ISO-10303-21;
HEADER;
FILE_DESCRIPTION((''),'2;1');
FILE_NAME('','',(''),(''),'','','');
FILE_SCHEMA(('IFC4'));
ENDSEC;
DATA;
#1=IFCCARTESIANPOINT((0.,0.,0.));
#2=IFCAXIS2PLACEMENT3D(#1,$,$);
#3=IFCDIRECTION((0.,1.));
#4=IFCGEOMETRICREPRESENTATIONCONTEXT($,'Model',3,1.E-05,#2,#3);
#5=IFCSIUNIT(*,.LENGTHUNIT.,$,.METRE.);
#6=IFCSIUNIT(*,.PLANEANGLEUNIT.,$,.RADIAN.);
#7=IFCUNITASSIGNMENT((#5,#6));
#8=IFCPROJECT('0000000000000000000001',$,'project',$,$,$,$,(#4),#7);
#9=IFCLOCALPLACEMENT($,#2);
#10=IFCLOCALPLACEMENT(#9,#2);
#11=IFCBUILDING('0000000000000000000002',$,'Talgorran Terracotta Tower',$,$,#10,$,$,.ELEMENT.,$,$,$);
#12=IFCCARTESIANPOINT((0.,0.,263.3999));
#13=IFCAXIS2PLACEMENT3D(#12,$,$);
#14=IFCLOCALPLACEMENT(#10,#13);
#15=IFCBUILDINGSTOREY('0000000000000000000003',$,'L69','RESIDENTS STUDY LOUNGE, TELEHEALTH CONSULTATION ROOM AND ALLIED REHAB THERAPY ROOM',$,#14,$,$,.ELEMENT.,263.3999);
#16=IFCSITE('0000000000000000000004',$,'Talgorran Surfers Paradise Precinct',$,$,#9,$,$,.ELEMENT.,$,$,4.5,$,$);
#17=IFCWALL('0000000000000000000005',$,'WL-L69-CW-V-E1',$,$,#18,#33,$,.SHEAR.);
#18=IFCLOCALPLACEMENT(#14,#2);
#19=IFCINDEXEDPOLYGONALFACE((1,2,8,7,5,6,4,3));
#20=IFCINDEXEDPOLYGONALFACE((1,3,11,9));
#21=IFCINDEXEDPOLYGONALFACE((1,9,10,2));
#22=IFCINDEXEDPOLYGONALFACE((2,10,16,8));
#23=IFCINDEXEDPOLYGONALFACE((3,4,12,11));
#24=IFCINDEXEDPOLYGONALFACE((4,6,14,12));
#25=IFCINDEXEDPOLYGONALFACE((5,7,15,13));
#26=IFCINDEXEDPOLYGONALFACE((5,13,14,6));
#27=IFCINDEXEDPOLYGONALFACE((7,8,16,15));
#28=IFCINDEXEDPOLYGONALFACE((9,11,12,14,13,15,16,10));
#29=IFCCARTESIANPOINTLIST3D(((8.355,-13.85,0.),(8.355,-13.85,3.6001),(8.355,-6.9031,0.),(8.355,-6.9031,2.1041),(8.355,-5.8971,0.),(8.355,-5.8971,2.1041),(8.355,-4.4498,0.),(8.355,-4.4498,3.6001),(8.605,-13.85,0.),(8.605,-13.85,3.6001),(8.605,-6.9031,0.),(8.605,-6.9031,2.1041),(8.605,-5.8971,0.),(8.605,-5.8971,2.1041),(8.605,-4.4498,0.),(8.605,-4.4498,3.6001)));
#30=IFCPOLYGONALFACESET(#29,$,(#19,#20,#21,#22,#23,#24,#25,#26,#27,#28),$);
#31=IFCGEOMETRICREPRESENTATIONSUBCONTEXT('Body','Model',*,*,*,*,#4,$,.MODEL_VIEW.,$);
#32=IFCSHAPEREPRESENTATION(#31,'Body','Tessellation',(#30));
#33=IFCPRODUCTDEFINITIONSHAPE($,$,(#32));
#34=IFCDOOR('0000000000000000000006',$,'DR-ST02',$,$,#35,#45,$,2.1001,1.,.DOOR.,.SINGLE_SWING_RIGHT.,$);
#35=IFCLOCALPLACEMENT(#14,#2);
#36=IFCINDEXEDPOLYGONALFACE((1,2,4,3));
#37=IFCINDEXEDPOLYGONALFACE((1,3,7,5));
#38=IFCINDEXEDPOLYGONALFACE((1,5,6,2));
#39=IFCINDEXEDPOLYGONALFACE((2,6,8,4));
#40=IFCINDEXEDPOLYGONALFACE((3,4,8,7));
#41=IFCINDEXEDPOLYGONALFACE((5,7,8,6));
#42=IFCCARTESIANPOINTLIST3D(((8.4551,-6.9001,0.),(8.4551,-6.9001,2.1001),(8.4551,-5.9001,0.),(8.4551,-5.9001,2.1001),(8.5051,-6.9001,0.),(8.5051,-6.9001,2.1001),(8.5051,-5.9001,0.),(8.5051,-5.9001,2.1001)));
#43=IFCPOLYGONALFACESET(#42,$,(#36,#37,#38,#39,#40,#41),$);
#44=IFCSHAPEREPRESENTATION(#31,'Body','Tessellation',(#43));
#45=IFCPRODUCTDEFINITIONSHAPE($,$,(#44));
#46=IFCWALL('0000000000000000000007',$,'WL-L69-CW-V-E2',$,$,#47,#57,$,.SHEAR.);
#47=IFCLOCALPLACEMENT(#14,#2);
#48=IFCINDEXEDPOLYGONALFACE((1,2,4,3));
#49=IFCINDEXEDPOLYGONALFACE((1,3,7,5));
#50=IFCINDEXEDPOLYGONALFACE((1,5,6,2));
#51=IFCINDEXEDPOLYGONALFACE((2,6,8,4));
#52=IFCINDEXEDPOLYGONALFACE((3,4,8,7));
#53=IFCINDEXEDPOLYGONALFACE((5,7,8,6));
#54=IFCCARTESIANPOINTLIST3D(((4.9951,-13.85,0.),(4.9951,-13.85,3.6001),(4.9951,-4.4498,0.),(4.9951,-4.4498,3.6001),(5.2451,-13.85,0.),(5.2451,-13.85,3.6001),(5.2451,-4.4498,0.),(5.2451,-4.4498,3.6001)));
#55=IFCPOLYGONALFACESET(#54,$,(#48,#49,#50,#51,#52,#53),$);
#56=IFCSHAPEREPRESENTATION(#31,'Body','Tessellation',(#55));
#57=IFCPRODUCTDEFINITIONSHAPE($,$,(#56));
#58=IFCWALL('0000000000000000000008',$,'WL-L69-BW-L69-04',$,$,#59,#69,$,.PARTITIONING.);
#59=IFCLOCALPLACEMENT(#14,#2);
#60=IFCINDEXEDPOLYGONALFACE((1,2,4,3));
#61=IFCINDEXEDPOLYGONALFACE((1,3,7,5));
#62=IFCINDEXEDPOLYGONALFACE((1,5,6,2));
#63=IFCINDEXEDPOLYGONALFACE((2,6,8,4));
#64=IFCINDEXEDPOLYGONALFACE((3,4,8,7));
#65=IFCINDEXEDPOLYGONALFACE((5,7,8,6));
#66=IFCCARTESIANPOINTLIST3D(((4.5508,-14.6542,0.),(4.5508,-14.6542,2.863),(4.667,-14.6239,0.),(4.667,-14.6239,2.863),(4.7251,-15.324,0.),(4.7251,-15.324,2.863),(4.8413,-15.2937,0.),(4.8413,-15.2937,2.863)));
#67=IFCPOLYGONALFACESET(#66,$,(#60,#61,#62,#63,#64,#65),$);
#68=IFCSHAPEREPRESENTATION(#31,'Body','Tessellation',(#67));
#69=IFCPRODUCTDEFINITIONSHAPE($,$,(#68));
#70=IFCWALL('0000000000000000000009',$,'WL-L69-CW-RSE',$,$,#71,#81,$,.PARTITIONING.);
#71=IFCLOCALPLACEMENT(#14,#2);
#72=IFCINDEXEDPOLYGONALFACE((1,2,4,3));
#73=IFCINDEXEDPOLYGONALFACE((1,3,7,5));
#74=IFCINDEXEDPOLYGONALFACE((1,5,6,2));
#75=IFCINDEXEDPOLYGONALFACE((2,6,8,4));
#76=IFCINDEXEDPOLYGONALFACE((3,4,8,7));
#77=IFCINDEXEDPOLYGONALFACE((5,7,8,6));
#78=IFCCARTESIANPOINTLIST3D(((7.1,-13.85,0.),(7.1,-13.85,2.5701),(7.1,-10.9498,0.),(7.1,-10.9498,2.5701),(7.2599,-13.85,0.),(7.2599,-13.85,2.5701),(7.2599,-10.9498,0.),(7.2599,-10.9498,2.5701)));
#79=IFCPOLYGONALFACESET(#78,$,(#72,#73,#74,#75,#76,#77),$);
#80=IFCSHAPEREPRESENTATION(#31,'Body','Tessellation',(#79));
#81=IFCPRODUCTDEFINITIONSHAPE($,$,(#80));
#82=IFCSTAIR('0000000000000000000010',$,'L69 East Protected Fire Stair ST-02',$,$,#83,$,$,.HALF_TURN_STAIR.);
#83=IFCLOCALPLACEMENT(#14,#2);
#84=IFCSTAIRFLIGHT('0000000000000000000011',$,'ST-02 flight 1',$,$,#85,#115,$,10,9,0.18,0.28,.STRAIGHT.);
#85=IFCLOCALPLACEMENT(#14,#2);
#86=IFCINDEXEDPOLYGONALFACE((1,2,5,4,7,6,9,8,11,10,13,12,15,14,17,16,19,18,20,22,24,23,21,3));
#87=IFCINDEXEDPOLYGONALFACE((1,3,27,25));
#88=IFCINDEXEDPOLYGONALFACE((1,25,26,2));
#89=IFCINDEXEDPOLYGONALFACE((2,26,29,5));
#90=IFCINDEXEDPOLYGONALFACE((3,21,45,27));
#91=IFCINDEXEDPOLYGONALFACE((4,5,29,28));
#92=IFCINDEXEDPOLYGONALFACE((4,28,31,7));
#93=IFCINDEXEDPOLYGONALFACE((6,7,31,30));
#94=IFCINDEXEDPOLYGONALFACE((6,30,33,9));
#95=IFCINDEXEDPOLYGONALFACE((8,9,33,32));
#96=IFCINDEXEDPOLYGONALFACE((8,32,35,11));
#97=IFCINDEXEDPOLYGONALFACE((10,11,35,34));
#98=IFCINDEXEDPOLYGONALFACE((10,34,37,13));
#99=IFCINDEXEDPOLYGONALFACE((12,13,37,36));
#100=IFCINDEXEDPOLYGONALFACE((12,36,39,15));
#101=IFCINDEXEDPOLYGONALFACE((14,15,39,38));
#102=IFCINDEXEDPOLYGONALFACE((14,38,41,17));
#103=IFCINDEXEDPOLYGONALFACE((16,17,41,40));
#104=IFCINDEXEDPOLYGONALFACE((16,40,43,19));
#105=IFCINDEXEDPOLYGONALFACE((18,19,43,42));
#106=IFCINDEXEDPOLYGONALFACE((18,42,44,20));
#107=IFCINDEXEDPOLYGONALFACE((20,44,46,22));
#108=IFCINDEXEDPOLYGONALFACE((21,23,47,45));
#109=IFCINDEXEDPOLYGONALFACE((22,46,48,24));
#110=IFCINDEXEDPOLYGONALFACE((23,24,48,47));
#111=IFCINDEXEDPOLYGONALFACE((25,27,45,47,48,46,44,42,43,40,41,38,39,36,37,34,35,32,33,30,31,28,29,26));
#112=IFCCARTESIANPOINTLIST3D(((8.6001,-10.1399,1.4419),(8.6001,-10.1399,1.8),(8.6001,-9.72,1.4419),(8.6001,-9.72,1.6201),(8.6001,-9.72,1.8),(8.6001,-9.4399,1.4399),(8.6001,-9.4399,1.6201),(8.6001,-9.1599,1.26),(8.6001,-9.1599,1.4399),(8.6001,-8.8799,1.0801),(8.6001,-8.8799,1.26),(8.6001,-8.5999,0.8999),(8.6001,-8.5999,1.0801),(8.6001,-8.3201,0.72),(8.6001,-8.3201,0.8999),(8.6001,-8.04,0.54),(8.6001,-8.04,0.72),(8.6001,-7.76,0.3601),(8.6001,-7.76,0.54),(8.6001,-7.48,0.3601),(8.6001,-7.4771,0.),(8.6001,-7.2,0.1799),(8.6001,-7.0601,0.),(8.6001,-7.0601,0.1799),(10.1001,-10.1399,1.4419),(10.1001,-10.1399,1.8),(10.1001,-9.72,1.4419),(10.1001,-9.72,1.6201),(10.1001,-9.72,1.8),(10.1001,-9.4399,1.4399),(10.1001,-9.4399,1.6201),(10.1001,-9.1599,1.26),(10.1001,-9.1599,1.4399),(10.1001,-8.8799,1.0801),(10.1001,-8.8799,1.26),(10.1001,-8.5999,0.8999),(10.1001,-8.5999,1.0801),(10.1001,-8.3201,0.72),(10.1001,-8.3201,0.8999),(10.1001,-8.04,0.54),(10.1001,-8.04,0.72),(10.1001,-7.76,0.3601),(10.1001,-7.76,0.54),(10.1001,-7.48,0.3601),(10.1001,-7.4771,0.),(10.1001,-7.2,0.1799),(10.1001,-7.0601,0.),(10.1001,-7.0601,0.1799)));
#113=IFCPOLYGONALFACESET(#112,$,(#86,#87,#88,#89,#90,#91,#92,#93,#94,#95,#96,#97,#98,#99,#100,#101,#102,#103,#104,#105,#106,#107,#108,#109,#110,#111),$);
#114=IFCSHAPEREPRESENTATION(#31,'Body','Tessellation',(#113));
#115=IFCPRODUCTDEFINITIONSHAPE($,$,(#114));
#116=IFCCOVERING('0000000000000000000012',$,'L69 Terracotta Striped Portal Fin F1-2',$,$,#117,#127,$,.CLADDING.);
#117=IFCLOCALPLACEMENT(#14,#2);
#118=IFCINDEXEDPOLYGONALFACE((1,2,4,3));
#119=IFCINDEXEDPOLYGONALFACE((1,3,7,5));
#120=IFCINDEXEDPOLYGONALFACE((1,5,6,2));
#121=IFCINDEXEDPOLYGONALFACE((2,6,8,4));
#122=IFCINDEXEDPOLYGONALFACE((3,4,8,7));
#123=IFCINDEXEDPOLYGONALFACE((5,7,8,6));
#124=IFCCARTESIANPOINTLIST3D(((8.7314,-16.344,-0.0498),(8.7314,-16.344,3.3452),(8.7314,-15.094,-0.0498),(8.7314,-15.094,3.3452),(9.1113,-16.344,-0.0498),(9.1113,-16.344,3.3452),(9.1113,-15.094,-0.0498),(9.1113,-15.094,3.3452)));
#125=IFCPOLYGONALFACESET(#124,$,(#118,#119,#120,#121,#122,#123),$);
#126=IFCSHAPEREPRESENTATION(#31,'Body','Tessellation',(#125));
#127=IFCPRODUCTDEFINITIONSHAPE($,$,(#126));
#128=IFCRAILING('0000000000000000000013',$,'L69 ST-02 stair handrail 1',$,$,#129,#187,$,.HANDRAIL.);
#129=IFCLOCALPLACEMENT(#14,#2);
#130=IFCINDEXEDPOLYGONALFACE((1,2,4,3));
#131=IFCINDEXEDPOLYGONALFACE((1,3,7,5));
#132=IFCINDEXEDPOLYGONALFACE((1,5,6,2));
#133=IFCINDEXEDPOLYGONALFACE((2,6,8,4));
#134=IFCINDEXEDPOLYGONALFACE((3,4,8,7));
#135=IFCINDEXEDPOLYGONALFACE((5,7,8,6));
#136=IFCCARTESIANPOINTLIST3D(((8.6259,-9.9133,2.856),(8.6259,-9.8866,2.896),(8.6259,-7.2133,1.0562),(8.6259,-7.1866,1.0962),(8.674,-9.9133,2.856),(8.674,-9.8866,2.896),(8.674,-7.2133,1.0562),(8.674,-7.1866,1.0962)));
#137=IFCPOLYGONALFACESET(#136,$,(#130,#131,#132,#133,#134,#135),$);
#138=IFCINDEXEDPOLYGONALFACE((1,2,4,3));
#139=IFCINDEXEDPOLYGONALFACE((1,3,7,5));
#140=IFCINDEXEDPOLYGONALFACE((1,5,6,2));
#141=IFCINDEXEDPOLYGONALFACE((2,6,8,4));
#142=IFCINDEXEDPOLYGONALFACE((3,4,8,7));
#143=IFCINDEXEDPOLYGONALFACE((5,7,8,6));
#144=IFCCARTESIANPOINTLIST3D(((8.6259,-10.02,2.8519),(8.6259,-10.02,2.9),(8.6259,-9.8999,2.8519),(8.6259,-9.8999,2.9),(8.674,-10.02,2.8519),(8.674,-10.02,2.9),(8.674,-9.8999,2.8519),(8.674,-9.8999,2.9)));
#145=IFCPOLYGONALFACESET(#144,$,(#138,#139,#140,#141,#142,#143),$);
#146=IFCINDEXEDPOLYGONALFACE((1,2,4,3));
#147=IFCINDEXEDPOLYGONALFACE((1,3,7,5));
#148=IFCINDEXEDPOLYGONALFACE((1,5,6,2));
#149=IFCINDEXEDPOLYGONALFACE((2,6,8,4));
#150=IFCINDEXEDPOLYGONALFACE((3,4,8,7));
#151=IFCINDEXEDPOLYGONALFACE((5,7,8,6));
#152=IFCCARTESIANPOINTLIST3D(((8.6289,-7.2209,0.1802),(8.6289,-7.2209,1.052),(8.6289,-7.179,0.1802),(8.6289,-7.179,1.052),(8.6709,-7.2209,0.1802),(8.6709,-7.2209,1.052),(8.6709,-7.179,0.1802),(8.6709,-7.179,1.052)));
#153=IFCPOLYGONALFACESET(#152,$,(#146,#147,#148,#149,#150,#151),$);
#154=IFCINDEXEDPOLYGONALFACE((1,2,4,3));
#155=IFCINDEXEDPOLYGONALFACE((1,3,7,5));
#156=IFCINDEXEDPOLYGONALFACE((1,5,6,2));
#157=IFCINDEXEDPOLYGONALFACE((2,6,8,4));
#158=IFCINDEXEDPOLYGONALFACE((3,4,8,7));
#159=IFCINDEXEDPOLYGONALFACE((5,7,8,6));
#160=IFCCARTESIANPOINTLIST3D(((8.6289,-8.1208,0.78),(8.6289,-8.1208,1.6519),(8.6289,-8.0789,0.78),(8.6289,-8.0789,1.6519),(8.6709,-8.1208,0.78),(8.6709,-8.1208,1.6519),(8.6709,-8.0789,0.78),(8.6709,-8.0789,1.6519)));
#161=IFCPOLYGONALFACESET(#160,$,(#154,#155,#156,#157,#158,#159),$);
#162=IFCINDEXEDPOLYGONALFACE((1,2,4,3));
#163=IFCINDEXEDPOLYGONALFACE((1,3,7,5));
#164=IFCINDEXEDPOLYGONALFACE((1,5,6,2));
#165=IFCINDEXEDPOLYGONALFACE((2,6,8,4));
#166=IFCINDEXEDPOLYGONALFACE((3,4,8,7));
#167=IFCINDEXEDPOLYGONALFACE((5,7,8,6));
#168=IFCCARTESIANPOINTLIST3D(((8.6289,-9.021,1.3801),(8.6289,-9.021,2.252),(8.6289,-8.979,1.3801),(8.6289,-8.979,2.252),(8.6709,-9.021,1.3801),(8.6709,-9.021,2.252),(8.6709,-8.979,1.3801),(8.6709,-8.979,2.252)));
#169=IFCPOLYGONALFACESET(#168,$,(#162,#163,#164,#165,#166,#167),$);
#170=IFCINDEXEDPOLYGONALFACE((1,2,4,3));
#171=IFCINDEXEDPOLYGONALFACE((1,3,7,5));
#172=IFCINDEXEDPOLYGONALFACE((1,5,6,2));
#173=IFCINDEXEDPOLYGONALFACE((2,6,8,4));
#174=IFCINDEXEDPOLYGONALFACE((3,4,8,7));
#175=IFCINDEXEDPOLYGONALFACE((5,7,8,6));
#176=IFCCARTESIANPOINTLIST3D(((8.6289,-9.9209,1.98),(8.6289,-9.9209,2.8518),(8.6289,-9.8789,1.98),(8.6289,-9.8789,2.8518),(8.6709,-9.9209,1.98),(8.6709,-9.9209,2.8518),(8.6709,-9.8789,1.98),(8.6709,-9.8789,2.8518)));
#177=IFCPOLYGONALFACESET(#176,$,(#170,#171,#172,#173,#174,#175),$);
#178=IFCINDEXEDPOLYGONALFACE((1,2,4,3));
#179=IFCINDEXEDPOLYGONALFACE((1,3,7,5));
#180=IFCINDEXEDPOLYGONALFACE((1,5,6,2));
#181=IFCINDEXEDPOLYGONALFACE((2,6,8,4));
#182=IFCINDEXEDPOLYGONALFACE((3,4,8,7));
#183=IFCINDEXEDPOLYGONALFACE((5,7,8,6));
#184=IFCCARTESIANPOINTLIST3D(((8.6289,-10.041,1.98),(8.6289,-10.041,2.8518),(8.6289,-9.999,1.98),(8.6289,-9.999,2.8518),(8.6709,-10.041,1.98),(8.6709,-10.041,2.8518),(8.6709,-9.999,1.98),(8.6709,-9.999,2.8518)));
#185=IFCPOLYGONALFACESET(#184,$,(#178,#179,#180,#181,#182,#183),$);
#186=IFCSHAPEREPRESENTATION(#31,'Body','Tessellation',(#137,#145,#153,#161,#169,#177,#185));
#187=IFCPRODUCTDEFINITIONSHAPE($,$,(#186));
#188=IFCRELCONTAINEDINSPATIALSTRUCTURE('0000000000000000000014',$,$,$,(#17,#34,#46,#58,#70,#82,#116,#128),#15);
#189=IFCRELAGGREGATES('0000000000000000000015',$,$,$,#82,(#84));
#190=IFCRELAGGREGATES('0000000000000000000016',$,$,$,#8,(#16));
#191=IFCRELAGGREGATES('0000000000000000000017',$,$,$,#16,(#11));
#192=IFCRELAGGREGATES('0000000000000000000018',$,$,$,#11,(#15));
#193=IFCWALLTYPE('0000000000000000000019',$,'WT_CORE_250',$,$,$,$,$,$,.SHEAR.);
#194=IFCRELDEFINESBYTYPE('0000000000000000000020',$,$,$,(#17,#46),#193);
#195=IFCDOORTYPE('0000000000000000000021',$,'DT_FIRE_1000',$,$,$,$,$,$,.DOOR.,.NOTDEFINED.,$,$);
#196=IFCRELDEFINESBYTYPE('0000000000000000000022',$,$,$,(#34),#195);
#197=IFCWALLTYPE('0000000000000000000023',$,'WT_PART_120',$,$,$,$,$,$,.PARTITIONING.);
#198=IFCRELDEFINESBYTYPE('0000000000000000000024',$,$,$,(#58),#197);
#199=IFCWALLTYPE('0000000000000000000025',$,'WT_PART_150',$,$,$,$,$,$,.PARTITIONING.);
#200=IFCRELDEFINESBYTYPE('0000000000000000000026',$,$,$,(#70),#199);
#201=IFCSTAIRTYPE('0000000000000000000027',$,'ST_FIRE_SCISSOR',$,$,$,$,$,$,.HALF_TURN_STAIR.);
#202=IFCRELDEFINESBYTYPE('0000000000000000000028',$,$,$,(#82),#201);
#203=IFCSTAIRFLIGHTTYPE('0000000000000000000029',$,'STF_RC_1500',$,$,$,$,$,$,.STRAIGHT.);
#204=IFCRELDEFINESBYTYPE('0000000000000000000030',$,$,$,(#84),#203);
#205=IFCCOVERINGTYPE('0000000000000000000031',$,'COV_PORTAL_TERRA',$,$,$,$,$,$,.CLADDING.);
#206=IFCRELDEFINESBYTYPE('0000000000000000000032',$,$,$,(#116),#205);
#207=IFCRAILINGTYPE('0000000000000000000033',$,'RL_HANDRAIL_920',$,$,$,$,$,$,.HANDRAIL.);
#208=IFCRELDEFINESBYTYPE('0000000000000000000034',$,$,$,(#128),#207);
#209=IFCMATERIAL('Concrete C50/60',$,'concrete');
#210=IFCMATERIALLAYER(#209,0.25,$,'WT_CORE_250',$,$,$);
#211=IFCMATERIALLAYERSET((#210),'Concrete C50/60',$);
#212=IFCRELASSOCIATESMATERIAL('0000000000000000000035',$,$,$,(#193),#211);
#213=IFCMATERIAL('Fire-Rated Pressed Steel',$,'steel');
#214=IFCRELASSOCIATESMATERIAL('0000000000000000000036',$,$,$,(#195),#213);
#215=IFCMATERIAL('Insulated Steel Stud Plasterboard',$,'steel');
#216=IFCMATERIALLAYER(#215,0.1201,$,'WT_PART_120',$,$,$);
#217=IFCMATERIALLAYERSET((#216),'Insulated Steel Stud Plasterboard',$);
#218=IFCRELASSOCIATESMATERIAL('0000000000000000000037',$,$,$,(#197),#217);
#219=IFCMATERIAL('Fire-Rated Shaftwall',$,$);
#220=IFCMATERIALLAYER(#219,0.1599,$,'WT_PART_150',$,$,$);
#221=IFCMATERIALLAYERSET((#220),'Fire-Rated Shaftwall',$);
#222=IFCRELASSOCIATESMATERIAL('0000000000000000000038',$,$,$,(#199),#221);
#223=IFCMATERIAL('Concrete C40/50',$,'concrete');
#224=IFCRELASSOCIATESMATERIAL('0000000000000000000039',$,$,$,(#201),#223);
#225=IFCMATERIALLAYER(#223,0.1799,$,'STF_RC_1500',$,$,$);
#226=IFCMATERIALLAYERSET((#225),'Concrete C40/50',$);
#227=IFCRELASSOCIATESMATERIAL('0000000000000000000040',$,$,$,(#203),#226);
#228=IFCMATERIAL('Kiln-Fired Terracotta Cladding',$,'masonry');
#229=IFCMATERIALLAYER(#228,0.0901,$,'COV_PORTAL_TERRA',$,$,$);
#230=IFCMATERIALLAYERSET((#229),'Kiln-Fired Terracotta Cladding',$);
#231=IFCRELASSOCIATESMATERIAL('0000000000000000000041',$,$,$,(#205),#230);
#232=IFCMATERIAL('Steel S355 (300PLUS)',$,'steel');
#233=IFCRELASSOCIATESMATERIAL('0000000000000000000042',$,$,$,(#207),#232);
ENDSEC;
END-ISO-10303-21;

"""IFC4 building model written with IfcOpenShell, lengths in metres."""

from ifc_helpers import new_model, si_unit, direction, frame, frame_2d, origin, origin_2d, place, context, subcontext, project, spatial, polyline, rectangle, outline, extrude, material, layer, layer_set, type_object, element, fill, aggregate, save


model = new_model("IFC4")

# Units and contexts
model_context = context("Model", 3, precision=1e-05, world=origin(), true_north=direction((0.0, 1.0)))
body_context = subcontext(model_context, "Body", "Model", "MODEL_VIEW")
ifc_project = project(units=[si_unit("LENGTHUNIT", "METRE"), si_unit("PLANEANGLEUNIT", "RADIAN")], contexts=[model_context])

# Site, building, storey
site_placement = place(None, origin())
site = spatial("IfcSite", under=ifc_project, at=site_placement, Name="Talgorran Surfers Paradise Precinct", CompositionType="ELEMENT", RefElevation=4.5)
building_placement = place(site_placement, origin())
building = spatial("IfcBuilding", under=site, at=building_placement, Name="Talgorran Terracotta Tower", CompositionType="ELEMENT")
storey_placement = place(building_placement, frame((0.0, 0.0, 263.3999)))
storey = spatial("IfcBuildingStorey", under=building, at=storey_placement, Name="L69", Description="RESIDENTS STUDY LOUNGE, TELEHEALTH CONSULTATION ROOM AND ALLIED REHAB THERAPY ROOM", CompositionType="ELEMENT", Elevation=263.3999)

# Shared definitions
ifc_material_1 = material(Name="Concrete C50/60", Category="concrete")

# Shared definitions
ifc_material_2 = material(Name="Fire-Rated Pressed Steel", Category="steel")

# Wall, opening, door
ifc_layer_1 = layer(ifc_material_1, 0.25, Name="WT_CORE_250")
ifc_layer_set_1 = layer_set([ifc_layer_1], Name="Concrete C50/60")
wall_type_1 = type_object("IfcWallType", Name="WT_CORE_250", PredefinedType="SHEAR", material=ifc_layer_set_1)
wall_1_placement = place(storey_placement, frame((8.48, -13.8501, 0.0), z_axis=(0.0, 0.0, 1.0), x_axis=(0.0, 1.0, 0.0)))
wall_1 = element("IfcWall", 1, at=wall_1_placement, inside=storey, type_object=wall_type_1, Name="WL-L69-CW-V-E1", PredefinedType="SHEAR", context=body_context, shape_type="SweptSolid", body=[
    extrude(rectangle(XDim=9.4001, YDim=0.25, at=frame_2d((4.7002, 0.0))), origin(), (0.0, 0.0, 1.0), 3.6001),
])
opening_1_placement = place(wall_1_placement, frame((6.95, 0.0, 0.0)))
opening_1 = element("IfcOpeningElement", 2, at=opening_1_placement, cuts=wall_1, PredefinedType="OPENING", context=body_context, shape_type="SweptSolid", body=[
    extrude(rectangle(XDim=1.006, YDim=2.1041, at=frame_2d((0.5, 1.052))), frame((0.0, 0.135, 0.0), z_axis=(0.0, -1.0, 0.0), x_axis=(1.0, 0.0, 0.0)), (0.0, 0.0, 1.0), 0.27),
])
door_type_1 = type_object("IfcDoorType", Name="DT_FIRE_1000", OperationType="NOTDEFINED", PredefinedType="DOOR", material=ifc_material_2)
door_1_placement = place(opening_1_placement, origin())
door_1 = element("IfcDoor", 3, at=door_1_placement, inside=storey, type_object=door_type_1, Name="DR-ST02", OperationType="SINGLE_SWING_RIGHT", OverallHeight=2.1001, OverallWidth=1.0, PredefinedType="DOOR", context=body_context, shape_type="SweptSolid", body=[
    extrude(rectangle(XDim=1.0, YDim=2.1001, at=frame_2d((0.5, 1.05))), frame((0.0, 0.0249, 0.0), z_axis=(0.0, -1.0, 0.0), x_axis=(1.0, 0.0, 0.0)), (0.0, 0.0, 1.0), 0.05),
])
fill(opening_1, door_1)

# Walls
wall_2_placement = place(storey_placement, frame((5.1201, -13.8501, 0.0), z_axis=(0.0, 0.0, 1.0), x_axis=(0.0, 1.0, 0.0)))
element("IfcWall", 4, at=wall_2_placement, inside=storey, type_object=wall_type_1, Name="WL-L69-CW-V-E2", PredefinedType="SHEAR", context=body_context, shape_type="SweptSolid", body=[
    extrude(rectangle(XDim=9.4001, YDim=0.25, at=frame_2d((4.7002, 0.0))), origin(), (0.0, 0.0, 1.0), 3.6001),
])
ifc_material_3 = material(Name="Insulated Steel Stud Plasterboard", Category="steel")
ifc_layer_2 = layer(ifc_material_3, 0.1201, Name="WT_PART_120")
ifc_layer_set_2 = layer_set([ifc_layer_2], Name="Insulated Steel Stud Plasterboard")
wall_type_2 = type_object("IfcWallType", Name="WT_PART_120", PredefinedType="PARTITIONING", material=ifc_layer_set_2)
wall_3_placement = place(storey_placement, frame((4.6089, -14.6389, 0.0), z_axis=(0.0, 0.0, 1.0), x_axis=(0.251819, -0.967774, 0.0)))
element("IfcWall", 5, at=wall_3_placement, inside=storey, type_object=wall_type_2, Name="WL-L69-BW-L69-04", PredefinedType="PARTITIONING", context=body_context, shape_type="SweptSolid", body=[
    extrude(rectangle(XDim=0.6921, YDim=0.1201, at=frame_2d((0.3462, 0.0))), origin(), (0.0, 0.0, 1.0), 2.863),
])
ifc_material_4 = material(Name="Fire-Rated Shaftwall")
ifc_layer_3 = layer(ifc_material_4, 0.1599, Name="WT_PART_150")
ifc_layer_set_3 = layer_set([ifc_layer_3], Name="Fire-Rated Shaftwall")
wall_type_3 = type_object("IfcWallType", Name="WT_PART_150", PredefinedType="PARTITIONING", material=ifc_layer_set_3)
wall_4_placement = place(storey_placement, frame((7.1799, -13.8501, 0.0), z_axis=(0.0, 0.0, 1.0), x_axis=(0.0, 1.0, 0.0)))
element("IfcWall", 6, at=wall_4_placement, inside=storey, type_object=wall_type_3, Name="WL-L69-CW-RSE", PredefinedType="PARTITIONING", context=body_context, shape_type="SweptSolid", body=[
    extrude(rectangle(XDim=2.9001, YDim=0.1599, at=frame_2d((1.4502, 0.0))), origin(), (0.0, 0.0, 1.0), 2.5701),
])

# Stair, stair flight
ifc_material_5 = material(Name="Concrete C40/50", Category="concrete")
stair_type = type_object("IfcStairType", Name="ST_FIRE_SCISSOR", PredefinedType="HALF_TURN_STAIR", material=ifc_material_5)
stair_placement = place(storey_placement, origin())
stair = element("IfcStair", 7, at=stair_placement, inside=storey, type_object=stair_type, Name="L69 East Protected Fire Stair ST-02", PredefinedType="HALF_TURN_STAIR")
ifc_layer_4 = layer(ifc_material_5, 0.1799, Name="STF_RC_1500")
ifc_layer_set_4 = layer_set([ifc_layer_4], Name="Concrete C40/50")
stair_flight_type = type_object("IfcStairFlightType", Name="STF_RC_1500", PredefinedType="STRAIGHT", material=ifc_layer_set_4)
stair_flight_placement = place(storey_placement, frame((9.3501, -7.2, 0.0), z_axis=(0.0, 0.0, 1.0), x_axis=(0.0, -1.0, 0.0)))
stair_flight = element("IfcStairFlight", 8, at=stair_flight_placement, type_object=stair_flight_type, Name="ST-02 flight 1", NumberOfRisers=10, NumberOfTreads=9, PredefinedType="STRAIGHT", RiserHeight=0.18, TreadLength=0.28, context=body_context, shape_type="SweptSolid", body=[
    extrude(outline(polyline([(-0.1399, 0.0), (-0.1399, 0.1799), (0.0, 0.1799), (0.28, 0.3601), (0.5601, 0.3601), (0.5601, 0.54), (0.8401, 0.54), (0.8401, 0.72), (1.1201, 0.72), (1.1201, 0.8999), (1.3999, 0.8999), (1.3999, 1.0801), (1.6799, 1.0801), (1.6799, 1.26), (1.96, 1.26), (1.96, 1.4399), (2.24, 1.4399), (2.24, 1.6201), (2.52, 1.6201), (2.52, 1.8), (2.9399, 1.8), (2.9399, 1.4419), (2.52, 1.4419), (0.2771, 0.0), (-0.1399, 0.0)])), frame((0.0, 0.75, 0.0), z_axis=(0.0, -1.0, 0.0), x_axis=(1.0, 0.0, 0.0)), (0.0, 0.0, 1.0), 1.5),
])
aggregate(stair, [stair_flight])

# Covering
ifc_material_6 = material(Name="Kiln-Fired Terracotta Cladding", Category="masonry")
ifc_layer_5 = layer(ifc_material_6, 0.0901, Name="COV_PORTAL_TERRA")
ifc_layer_set_5 = layer_set([ifc_layer_5], Name="Kiln-Fired Terracotta Cladding")
covering_type = type_object("IfcCoveringType", Name="COV_PORTAL_TERRA", PredefinedType="CLADDING", material=ifc_layer_set_5)
covering_placement = place(storey_placement, frame((8.9214, -15.719, -0.0498), z_axis=(0.0, 0.0, 1.0), x_axis=(1.0, 0.0, 0.0)))
element("IfcCovering", 9, at=covering_placement, inside=storey, type_object=covering_type, Name="L69 Terracotta Striped Portal Fin F1-2", PredefinedType="CLADDING", context=body_context, shape_type="SweptSolid", body=[
    extrude(rectangle(XDim=0.3799, YDim=1.25, at=origin_2d()), origin(), (0.0, 0.0, 1.0), 3.395),
])

# Railing
ifc_material_7 = material(Name="Steel S355 (300PLUS)", Category="steel")
railing_type_1 = type_object("IfcRailingType", Name="RL_HANDRAIL_920", PredefinedType="HANDRAIL", material=ifc_material_7)
railing_1_placement = place(storey_placement, frame((8.6499, -7.2, 0.1802)))
element("IfcRailing", 10, at=railing_1_placement, inside=storey, type_object=railing_type_1, Name="L69 ST-02 stair handrail 1", PredefinedType="HANDRAIL", context=body_context, shape_type="SweptSolid", body=[
    extrude(rectangle(XDim=0.0481, YDim=0.0481, at=origin_2d()), frame((0.0, 0.0, 0.896), z_axis=(0.0, -0.832073, 0.554665), x_axis=(1.0, 0.0, 0.0)), (0.0, 0.0, 1.0), 3.2449),
    extrude(rectangle(XDim=0.0481, YDim=0.0481, at=origin_2d()), frame((0.0, -2.7, 2.6958), z_axis=(0.0, -1.0, 0.0), x_axis=(1.0, 0.0, 0.0)), (0.0, 0.0, 1.0), 0.1201),
    extrude(rectangle(XDim=0.042, YDim=0.042, at=origin_2d()), origin(), (0.0, 0.0, 1.0), 0.8718),
    extrude(rectangle(XDim=0.042, YDim=0.042, at=origin_2d()), frame((0.0, -0.8999, 0.5999)), (0.0, 0.0, 1.0), 0.8718),
    extrude(rectangle(XDim=0.042, YDim=0.042, at=origin_2d()), frame((0.0, -1.8, 1.2)), (0.0, 0.0, 1.0), 0.8718),
    extrude(rectangle(XDim=0.042, YDim=0.042, at=origin_2d()), frame((0.0, -2.7, 1.7998)), (0.0, 0.0, 1.0), 0.8718),
    extrude(rectangle(XDim=0.042, YDim=0.042, at=origin_2d()), frame((0.0, -2.8201, 1.7998)), (0.0, 0.0, 1.0), 0.8718),
])

save(model, "model.ifc")
